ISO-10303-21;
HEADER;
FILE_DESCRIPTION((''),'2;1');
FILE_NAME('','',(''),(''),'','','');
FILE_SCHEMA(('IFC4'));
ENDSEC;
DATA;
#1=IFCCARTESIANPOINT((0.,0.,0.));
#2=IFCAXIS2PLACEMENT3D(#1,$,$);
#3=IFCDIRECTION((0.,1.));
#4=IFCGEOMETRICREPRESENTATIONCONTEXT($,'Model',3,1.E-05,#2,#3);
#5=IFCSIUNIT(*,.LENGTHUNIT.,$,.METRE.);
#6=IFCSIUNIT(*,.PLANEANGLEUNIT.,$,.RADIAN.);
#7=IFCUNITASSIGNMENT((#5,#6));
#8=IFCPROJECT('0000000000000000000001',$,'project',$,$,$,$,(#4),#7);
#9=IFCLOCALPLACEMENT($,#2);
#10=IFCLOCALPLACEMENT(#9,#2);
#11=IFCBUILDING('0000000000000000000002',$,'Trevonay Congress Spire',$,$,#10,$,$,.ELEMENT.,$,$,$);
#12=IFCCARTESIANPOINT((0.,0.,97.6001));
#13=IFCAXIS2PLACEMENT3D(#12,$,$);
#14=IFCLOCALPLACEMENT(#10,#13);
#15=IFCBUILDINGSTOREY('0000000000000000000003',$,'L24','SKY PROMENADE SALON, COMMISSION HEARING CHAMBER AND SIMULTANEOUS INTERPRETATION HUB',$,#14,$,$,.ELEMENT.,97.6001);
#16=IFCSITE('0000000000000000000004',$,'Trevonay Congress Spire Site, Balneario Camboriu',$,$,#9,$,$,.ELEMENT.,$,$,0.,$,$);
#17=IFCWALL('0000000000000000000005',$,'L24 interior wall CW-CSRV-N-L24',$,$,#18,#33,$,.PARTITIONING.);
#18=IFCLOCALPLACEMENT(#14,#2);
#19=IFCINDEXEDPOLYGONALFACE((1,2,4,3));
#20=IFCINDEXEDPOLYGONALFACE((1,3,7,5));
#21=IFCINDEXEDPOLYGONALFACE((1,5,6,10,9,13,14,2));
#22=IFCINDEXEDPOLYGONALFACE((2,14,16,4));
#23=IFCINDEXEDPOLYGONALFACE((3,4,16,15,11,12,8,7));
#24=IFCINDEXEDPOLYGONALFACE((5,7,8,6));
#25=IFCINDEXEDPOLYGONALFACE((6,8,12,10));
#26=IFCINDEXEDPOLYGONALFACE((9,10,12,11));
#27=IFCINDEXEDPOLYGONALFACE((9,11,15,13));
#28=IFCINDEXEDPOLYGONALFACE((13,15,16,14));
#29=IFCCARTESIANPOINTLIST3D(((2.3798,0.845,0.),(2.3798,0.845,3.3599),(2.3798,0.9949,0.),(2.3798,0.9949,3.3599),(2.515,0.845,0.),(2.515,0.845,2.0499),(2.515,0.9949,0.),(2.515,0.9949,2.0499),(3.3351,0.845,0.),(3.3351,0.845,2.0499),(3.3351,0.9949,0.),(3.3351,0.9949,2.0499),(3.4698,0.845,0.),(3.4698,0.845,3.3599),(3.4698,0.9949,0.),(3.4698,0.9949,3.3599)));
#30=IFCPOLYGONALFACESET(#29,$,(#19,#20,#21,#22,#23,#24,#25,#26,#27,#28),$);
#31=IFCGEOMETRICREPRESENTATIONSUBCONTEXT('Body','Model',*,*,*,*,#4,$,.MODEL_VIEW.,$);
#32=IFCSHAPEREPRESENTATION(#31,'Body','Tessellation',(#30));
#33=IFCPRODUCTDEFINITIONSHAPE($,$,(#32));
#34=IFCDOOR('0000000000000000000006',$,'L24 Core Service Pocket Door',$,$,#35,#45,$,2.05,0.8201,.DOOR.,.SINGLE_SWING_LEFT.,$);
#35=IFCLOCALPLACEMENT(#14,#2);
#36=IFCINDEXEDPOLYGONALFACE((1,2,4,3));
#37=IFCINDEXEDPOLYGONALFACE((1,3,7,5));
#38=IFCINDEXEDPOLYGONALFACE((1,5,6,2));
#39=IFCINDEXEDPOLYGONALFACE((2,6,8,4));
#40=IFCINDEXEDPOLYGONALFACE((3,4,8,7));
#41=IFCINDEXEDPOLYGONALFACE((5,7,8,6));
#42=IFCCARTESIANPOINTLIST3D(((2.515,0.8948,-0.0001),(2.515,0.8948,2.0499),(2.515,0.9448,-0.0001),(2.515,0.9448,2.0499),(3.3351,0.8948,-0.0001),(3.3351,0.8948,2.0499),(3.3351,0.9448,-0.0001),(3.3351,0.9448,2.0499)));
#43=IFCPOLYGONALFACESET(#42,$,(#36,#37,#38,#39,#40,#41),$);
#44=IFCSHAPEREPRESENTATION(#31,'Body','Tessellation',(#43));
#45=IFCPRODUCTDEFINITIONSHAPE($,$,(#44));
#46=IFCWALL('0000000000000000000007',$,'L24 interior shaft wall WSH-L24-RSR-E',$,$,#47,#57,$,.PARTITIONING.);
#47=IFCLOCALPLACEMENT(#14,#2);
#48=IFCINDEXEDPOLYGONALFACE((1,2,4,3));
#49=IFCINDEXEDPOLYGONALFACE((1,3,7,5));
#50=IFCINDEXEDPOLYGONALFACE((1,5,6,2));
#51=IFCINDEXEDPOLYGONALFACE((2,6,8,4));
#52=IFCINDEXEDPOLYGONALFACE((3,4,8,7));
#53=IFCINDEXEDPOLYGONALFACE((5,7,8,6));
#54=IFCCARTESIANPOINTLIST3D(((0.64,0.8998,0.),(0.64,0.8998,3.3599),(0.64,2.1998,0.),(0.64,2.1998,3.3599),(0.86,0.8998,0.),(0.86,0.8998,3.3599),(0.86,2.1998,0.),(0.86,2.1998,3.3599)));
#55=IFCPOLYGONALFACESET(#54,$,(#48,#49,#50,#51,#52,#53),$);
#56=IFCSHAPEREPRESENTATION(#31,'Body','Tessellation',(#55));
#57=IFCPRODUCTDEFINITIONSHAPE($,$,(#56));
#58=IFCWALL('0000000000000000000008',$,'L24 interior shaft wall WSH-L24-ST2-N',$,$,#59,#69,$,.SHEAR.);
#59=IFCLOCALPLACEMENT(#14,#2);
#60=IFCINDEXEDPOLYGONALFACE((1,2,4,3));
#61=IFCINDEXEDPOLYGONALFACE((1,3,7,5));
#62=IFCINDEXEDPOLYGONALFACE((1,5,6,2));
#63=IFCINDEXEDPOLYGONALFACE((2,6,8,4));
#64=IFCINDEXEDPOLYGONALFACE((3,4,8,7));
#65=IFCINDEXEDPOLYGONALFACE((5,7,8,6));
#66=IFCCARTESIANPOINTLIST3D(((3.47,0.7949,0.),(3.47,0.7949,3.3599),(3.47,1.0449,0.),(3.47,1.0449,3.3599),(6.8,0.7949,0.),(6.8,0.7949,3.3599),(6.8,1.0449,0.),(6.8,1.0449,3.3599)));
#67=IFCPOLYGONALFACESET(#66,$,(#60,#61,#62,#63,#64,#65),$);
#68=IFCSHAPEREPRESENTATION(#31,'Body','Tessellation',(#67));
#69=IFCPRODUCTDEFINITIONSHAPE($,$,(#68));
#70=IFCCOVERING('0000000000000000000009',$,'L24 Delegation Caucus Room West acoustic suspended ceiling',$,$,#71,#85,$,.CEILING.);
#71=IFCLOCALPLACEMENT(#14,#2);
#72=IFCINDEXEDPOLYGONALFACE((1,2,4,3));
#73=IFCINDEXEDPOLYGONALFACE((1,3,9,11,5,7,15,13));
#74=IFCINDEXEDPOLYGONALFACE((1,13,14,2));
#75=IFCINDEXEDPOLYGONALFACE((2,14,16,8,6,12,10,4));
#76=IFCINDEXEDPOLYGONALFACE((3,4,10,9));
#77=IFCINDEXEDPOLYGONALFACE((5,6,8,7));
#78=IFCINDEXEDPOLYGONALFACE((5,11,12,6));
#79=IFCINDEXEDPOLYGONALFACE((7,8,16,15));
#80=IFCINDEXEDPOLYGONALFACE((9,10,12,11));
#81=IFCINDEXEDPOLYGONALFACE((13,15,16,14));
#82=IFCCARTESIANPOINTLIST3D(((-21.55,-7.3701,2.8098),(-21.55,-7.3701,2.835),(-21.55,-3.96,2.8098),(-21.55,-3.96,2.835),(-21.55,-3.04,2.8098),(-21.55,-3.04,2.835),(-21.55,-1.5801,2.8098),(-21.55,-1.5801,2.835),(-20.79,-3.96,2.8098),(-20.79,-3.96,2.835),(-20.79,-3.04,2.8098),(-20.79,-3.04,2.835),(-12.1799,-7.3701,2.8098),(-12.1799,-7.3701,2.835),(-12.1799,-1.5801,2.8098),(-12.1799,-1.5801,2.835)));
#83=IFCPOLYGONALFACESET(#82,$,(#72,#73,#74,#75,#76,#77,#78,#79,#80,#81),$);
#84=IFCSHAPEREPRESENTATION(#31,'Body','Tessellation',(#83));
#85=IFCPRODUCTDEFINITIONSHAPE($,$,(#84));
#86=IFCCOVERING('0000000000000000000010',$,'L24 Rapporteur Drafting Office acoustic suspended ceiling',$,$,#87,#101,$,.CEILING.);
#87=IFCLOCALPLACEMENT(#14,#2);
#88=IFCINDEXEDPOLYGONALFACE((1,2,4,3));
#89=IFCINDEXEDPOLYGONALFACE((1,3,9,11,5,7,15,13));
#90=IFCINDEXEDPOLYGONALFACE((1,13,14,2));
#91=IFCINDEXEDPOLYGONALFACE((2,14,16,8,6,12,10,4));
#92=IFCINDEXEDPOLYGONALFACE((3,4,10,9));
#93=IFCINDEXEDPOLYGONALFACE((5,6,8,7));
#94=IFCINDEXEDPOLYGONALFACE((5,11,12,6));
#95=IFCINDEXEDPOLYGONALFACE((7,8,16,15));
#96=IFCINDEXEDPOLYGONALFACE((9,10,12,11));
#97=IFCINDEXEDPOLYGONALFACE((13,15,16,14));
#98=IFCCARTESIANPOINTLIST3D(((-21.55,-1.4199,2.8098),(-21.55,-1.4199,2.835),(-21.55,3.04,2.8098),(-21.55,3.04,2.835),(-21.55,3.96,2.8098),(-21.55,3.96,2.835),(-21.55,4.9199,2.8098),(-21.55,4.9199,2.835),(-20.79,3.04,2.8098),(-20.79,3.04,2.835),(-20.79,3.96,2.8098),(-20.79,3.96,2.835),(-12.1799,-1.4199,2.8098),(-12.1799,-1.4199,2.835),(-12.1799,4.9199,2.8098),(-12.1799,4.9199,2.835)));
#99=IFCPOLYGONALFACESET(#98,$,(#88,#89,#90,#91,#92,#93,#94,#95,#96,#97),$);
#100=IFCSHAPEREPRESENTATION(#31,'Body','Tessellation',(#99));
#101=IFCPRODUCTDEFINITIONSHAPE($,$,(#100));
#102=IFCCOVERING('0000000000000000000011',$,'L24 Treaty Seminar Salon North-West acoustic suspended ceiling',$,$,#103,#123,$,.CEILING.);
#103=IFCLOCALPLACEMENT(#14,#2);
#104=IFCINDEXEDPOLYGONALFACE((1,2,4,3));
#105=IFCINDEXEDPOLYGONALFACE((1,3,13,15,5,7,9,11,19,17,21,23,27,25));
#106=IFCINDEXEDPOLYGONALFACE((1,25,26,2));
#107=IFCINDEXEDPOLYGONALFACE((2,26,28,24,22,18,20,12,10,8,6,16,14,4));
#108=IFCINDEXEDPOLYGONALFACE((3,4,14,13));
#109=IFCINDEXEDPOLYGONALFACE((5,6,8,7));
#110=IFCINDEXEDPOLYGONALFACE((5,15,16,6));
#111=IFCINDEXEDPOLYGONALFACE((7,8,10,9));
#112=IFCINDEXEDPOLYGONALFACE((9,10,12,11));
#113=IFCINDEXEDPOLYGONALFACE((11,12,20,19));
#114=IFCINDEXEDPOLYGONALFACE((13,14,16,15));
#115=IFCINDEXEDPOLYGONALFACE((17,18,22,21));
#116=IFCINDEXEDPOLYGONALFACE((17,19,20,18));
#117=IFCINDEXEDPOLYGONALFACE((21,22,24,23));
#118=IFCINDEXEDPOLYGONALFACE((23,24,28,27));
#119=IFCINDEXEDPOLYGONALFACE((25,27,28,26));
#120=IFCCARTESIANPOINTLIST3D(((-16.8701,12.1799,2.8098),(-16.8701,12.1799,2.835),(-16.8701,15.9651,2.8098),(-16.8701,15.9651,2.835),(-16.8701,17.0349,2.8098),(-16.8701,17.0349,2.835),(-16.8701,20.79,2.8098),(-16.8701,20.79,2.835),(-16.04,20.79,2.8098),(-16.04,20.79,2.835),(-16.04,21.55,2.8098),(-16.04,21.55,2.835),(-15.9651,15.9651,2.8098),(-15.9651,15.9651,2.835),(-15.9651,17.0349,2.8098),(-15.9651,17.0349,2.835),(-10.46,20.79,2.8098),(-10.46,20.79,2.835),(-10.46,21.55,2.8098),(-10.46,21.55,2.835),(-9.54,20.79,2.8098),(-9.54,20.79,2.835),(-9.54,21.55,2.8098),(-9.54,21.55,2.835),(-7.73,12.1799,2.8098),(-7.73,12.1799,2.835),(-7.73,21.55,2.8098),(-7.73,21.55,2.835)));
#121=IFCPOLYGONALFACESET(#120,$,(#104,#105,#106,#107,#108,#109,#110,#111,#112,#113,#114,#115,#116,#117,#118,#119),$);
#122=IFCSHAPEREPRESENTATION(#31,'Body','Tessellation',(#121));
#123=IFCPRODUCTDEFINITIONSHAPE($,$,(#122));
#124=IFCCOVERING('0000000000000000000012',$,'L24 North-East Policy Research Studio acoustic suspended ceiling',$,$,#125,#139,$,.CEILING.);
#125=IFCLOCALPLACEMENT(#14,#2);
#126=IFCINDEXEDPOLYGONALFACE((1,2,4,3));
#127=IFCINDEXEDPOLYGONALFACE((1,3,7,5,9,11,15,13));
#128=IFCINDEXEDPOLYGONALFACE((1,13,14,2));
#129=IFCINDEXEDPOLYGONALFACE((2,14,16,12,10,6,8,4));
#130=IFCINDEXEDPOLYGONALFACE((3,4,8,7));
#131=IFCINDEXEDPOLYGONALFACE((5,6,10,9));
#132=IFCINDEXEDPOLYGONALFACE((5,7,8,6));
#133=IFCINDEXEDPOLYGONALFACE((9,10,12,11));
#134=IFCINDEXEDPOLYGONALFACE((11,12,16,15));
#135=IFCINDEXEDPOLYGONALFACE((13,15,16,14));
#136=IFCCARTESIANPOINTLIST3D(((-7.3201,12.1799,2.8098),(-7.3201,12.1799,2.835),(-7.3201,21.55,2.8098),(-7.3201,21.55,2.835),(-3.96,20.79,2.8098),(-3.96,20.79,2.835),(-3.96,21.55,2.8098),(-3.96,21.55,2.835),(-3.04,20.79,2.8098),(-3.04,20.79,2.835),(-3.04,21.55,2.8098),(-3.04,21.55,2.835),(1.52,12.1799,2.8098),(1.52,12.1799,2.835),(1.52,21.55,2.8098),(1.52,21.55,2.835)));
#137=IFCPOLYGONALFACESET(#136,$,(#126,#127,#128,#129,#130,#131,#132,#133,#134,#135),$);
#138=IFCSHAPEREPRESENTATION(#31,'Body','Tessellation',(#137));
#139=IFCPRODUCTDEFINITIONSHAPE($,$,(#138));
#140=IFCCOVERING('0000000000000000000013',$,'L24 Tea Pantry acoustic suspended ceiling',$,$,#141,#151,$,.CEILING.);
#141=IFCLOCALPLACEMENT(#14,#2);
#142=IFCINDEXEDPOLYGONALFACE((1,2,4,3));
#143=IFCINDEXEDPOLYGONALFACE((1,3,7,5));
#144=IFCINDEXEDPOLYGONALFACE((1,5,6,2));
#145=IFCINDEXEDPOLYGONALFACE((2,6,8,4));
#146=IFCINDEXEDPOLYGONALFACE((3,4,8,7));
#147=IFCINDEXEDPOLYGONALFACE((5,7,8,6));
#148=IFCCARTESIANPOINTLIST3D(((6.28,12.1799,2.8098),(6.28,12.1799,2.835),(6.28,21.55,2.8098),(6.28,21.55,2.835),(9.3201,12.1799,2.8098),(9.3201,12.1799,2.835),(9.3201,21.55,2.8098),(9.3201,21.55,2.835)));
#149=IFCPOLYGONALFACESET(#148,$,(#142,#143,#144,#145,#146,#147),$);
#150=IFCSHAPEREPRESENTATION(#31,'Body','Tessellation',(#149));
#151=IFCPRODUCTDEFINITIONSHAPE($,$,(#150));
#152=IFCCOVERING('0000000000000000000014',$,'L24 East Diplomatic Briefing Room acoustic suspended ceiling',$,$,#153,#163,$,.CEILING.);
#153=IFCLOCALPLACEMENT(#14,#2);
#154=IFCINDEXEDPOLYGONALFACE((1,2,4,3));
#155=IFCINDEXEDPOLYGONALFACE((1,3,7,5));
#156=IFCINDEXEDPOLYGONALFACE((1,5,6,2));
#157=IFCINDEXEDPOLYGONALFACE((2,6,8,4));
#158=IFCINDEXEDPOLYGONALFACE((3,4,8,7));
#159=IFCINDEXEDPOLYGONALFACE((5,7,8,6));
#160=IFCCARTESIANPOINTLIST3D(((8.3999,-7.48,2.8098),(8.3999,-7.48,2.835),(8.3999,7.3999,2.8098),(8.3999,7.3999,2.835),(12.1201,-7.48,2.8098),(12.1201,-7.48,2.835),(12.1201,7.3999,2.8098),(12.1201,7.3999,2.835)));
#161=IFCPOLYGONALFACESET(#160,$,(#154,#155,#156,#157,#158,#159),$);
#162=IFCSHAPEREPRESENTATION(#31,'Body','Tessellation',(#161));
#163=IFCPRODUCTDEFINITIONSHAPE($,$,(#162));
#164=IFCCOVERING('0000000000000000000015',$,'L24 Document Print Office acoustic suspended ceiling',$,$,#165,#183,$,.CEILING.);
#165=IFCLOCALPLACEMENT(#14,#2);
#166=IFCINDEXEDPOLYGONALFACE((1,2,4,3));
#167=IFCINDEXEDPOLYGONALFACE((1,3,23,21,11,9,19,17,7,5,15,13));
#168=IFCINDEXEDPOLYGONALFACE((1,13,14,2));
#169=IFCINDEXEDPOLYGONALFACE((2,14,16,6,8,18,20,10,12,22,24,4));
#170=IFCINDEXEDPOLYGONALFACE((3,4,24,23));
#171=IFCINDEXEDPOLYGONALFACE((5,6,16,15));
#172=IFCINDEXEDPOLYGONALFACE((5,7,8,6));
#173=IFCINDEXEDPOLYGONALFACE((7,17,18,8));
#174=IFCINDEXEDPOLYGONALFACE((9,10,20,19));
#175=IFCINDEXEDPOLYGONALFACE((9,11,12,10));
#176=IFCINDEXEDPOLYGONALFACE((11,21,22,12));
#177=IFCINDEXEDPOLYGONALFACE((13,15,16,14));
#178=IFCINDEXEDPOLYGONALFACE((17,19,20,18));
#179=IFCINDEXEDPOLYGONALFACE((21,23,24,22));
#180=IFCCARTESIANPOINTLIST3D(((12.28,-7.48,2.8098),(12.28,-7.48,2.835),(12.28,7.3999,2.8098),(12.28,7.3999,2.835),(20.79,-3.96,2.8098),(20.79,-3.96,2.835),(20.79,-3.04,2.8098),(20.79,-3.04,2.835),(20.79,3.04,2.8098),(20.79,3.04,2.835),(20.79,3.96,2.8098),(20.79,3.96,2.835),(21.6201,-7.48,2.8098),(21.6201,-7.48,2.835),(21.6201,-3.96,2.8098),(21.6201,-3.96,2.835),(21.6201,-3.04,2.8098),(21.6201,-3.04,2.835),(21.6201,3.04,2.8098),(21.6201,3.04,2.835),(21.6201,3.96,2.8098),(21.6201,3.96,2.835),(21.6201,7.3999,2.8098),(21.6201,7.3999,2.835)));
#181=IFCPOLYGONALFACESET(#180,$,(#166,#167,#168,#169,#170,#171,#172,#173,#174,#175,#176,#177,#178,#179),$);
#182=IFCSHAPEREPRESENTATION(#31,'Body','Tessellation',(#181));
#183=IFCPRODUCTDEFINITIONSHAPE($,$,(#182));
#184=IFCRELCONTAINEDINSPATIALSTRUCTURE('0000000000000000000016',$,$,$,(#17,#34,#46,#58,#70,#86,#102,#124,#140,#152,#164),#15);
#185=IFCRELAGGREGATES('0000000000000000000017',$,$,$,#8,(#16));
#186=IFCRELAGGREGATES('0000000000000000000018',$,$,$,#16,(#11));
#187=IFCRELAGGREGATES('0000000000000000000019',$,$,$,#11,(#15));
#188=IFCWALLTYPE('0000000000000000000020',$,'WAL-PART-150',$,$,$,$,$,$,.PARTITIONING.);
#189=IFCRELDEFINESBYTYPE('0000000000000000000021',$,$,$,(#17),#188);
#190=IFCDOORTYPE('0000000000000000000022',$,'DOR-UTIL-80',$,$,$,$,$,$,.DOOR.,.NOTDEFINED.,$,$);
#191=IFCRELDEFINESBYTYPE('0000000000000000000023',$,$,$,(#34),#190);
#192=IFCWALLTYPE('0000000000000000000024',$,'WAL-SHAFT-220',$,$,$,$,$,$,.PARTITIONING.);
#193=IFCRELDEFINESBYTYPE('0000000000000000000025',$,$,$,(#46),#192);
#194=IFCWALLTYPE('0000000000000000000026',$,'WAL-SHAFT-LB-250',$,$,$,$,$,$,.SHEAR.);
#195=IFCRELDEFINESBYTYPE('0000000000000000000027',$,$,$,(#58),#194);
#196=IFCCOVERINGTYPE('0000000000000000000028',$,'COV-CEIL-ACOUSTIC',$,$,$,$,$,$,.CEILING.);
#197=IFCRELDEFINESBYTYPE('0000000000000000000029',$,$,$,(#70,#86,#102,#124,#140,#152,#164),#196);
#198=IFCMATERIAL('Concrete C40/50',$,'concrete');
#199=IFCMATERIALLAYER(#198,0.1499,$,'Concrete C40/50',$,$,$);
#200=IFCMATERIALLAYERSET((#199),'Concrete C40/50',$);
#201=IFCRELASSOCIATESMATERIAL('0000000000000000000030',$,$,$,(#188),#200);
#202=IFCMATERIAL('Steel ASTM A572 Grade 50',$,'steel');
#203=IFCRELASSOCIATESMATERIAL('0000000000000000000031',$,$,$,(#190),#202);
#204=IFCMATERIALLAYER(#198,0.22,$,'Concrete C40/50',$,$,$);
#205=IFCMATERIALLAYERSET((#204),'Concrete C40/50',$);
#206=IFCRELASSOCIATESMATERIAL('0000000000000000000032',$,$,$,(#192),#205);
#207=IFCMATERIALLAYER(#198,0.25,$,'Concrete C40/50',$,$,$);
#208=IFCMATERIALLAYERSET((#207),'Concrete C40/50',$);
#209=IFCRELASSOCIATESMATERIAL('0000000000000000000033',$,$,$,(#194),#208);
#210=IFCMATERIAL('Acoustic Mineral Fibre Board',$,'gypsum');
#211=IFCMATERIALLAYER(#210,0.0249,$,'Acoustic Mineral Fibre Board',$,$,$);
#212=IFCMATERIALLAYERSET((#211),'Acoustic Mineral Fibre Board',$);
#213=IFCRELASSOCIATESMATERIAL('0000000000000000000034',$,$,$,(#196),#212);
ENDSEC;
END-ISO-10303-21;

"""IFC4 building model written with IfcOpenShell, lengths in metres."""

from ifc_helpers import new_model, si_unit, direction, frame, frame_2d, origin, place, context, subcontext, project, spatial, polyline, rectangle, outline, extrude, material, layer, layer_set, type_object, element, fill, save


model = new_model("IFC4")

# Units and contexts
model_context = context("Model", 3, precision=1e-05, world=origin(), true_north=direction((0.0, 1.0)))
body_context = subcontext(model_context, "Body", "Model", "MODEL_VIEW")
ifc_project = project(units=[si_unit("LENGTHUNIT", "METRE"), si_unit("PLANEANGLEUNIT", "RADIAN")], contexts=[model_context])

# Site, building, storey
site_placement = place(None, origin())
site = spatial("IfcSite", under=ifc_project, at=site_placement, Name="Trevonay Congress Spire Site, Balneario Camboriu", CompositionType="ELEMENT", RefElevation=0.0)
building_placement = place(site_placement, origin())
building = spatial("IfcBuilding", under=site, at=building_placement, Name="Trevonay Congress Spire", CompositionType="ELEMENT")
storey_placement = place(building_placement, frame((0.0, 0.0, 97.6001)))
storey = spatial("IfcBuildingStorey", under=building, at=storey_placement, Name="L24", Description="SKY PROMENADE SALON, COMMISSION HEARING CHAMBER AND SIMULTANEOUS INTERPRETATION HUB", CompositionType="ELEMENT", Elevation=97.6001)

# Wall, opening, door
ifc_material_1 = material(Name="Concrete C40/50", Category="concrete")
ifc_layer_1 = layer(ifc_material_1, 0.1499, Name="Concrete C40/50")
ifc_layer_set_1 = layer_set([ifc_layer_1], Name="Concrete C40/50")
wall_type_1 = type_object("IfcWallType", Name="WAL-PART-150", PredefinedType="PARTITIONING", material=ifc_layer_set_1)
wall_1_placement = place(storey_placement, frame((2.3799, 0.9199, 0.0), z_axis=(0.0, 0.0, 1.0), x_axis=(1.0, 0.0, 0.0)))
wall_1 = element("IfcWall", 1, at=wall_1_placement, inside=storey, type_object=wall_type_1, Name="L24 interior wall CW-CSRV-N-L24", PredefinedType="PARTITIONING", context=body_context, shape_type="SweptSolid", body=[
    extrude(rectangle(XDim=1.0901, YDim=0.1499, at=frame_2d((0.5449, 0.0))), origin(), (0.0, 0.0, 1.0), 3.3599),
])
opening_placement = place(wall_1_placement, frame((0.135, 0.0, 0.0)))
opening = element("IfcOpeningElement", 2, at=opening_placement, cuts=wall_1, PredefinedType="OPENING", context=body_context, shape_type="SweptSolid", body=[
    extrude(rectangle(XDim=0.8201, YDim=2.05, at=frame_2d((0.4102, 1.0249))), frame((0.0, 0.085, 0.0), z_axis=(0.0, -1.0, 0.0), x_axis=(1.0, 0.0, 0.0)), (0.0, 0.0, 1.0), 0.1699),
])
ifc_material_2 = material(Name="Steel ASTM A572 Grade 50", Category="steel")
door_type = type_object("IfcDoorType", Name="DOR-UTIL-80", OperationType="NOTDEFINED", PredefinedType="DOOR", material=ifc_material_2)
door_placement = place(opening_placement, origin())
door = element("IfcDoor", 3, at=door_placement, inside=storey, type_object=door_type, Name="L24 Core Service Pocket Door", OperationType="SINGLE_SWING_LEFT", OverallHeight=2.05, OverallWidth=0.8201, PredefinedType="DOOR", context=body_context, shape_type="SweptSolid", body=[
    extrude(rectangle(XDim=0.8201, YDim=2.05, at=frame_2d((0.4102, 1.0249))), frame((0.0, 0.0249, 0.0), z_axis=(0.0, -1.0, 0.0), x_axis=(1.0, 0.0, 0.0)), (0.0, 0.0, 1.0), 0.05),
])
fill(opening, door)

# Walls
ifc_layer_2 = layer(ifc_material_1, 0.22, Name="Concrete C40/50")
ifc_layer_set_2 = layer_set([ifc_layer_2], Name="Concrete C40/50")
wall_type_2 = type_object("IfcWallType", Name="WAL-SHAFT-220", PredefinedType="PARTITIONING", material=ifc_layer_set_2)
wall_2_placement = place(storey_placement, frame((0.75, 0.8999, 0.0), z_axis=(0.0, 0.0, 1.0), x_axis=(0.0, 1.0, 0.0)))
element("IfcWall", 4, at=wall_2_placement, inside=storey, type_object=wall_type_2, Name="L24 interior shaft wall WSH-L24-RSR-E", PredefinedType="PARTITIONING", context=body_context, shape_type="SweptSolid", body=[
    extrude(rectangle(XDim=1.3, YDim=0.22, at=frame_2d((0.6499, 0.0))), origin(), (0.0, 0.0, 1.0), 3.3599),
])
ifc_layer_3 = layer(ifc_material_1, 0.25, Name="Concrete C40/50")
ifc_layer_set_3 = layer_set([ifc_layer_3], Name="Concrete C40/50")
wall_type_3 = type_object("IfcWallType", Name="WAL-SHAFT-LB-250", PredefinedType="SHEAR", material=ifc_layer_set_3)
wall_3_placement = place(storey_placement, frame((3.47, 0.9199, 0.0), z_axis=(0.0, 0.0, 1.0), x_axis=(1.0, 0.0, 0.0)))
element("IfcWall", 5, at=wall_3_placement, inside=storey, type_object=wall_type_3, Name="L24 interior shaft wall WSH-L24-ST2-N", PredefinedType="SHEAR", context=body_context, shape_type="SweptSolid", body=[
    extrude(rectangle(XDim=3.3301, YDim=0.25, at=frame_2d((1.665, 0.0))), origin(), (0.0, 0.0, 1.0), 3.3599),
])

# Coverings
ifc_material_3 = material(Name="Acoustic Mineral Fibre Board", Category="gypsum")
ifc_layer_4 = layer(ifc_material_3, 0.0249, Name="Acoustic Mineral Fibre Board")
ifc_layer_set_4 = layer_set([ifc_layer_4], Name="Acoustic Mineral Fibre Board")
covering_type_1 = type_object("IfcCoveringType", Name="COV-CEIL-ACOUSTIC", PredefinedType="CEILING", material=ifc_layer_set_4)
covering_1_placement = place(storey_placement, frame((0.0, 0.0, 2.8098)))
element("IfcCovering", 6, at=covering_1_placement, inside=storey, type_object=covering_type_1, Name="L24 Delegation Caucus Room West acoustic suspended ceiling", PredefinedType="CEILING", context=body_context, shape_type="SweptSolid", body=[
    extrude(outline(polyline([(-21.55, -1.5801), (-12.1799, -1.5801), (-12.1799, -7.3701), (-21.55, -7.3701), (-21.55, -3.96), (-20.79, -3.96), (-20.79, -3.04), (-21.55, -3.04), (-21.55, -1.5801)])), origin(), (0.0, 0.0, 1.0), 0.0251),
])
covering_2_placement = place(storey_placement, frame((0.0, 0.0, 2.8098)))
element("IfcCovering", 7, at=covering_2_placement, inside=storey, type_object=covering_type_1, Name="L24 Rapporteur Drafting Office acoustic suspended ceiling", PredefinedType="CEILING", context=body_context, shape_type="SweptSolid", body=[
    extrude(outline(polyline([(-21.55, 4.9199), (-12.1799, 4.9199), (-12.1799, -1.4199), (-21.55, -1.4199), (-21.55, 3.04), (-20.79, 3.04), (-20.79, 3.96), (-21.55, 3.96), (-21.55, 4.9199)])), origin(), (0.0, 0.0, 1.0), 0.0251),
])
covering_3_placement = place(storey_placement, frame((0.0, 0.0, 2.8098)))
element("IfcCovering", 8, at=covering_3_placement, inside=storey, type_object=covering_type_1, Name="L24 Treaty Seminar Salon North-West acoustic suspended ceiling", PredefinedType="CEILING", context=body_context, shape_type="SweptSolid", body=[
    extrude(outline(polyline([(-7.73, 21.55), (-7.73, 12.1799), (-16.8701, 12.1799), (-16.8701, 15.9651), (-15.9651, 15.9651), (-15.9651, 17.0349), (-16.8701, 17.0349), (-16.8701, 20.79), (-16.04, 20.79), (-16.04, 21.55), (-10.46, 21.55), (-10.46, 20.79), (-9.54, 20.79), (-9.54, 21.55), (-7.73, 21.55)])), origin(), (0.0, 0.0, 1.0), 0.0251),
])
covering_4_placement = place(storey_placement, frame((0.0, 0.0, 2.8098)))
element("IfcCovering", 9, at=covering_4_placement, inside=storey, type_object=covering_type_1, Name="L24 North-East Policy Research Studio acoustic suspended ceiling", PredefinedType="CEILING", context=body_context, shape_type="SweptSolid", body=[
    extrude(outline(polyline([(1.52, 21.55), (1.52, 12.1799), (-7.3201, 12.1799), (-7.3201, 21.55), (-3.96, 21.55), (-3.96, 20.79), (-3.04, 20.79), (-3.04, 21.55), (1.52, 21.55)])), origin(), (0.0, 0.0, 1.0), 0.0251),
])
covering_5_placement = place(storey_placement, frame((0.0, 0.0, 2.8098)))
element("IfcCovering", 10, at=covering_5_placement, inside=storey, type_object=covering_type_1, Name="L24 Tea Pantry acoustic suspended ceiling", PredefinedType="CEILING", context=body_context, shape_type="SweptSolid", body=[
    extrude(outline(polyline([(6.28, 12.1799), (9.3201, 12.1799), (9.3201, 21.55), (6.28, 21.55), (6.28, 12.1799)])), origin(), (0.0, 0.0, 1.0), 0.0251),
])
covering_6_placement = place(storey_placement, frame((0.0, 0.0, 2.8098)))
element("IfcCovering", 11, at=covering_6_placement, inside=storey, type_object=covering_type_1, Name="L24 East Diplomatic Briefing Room acoustic suspended ceiling", PredefinedType="CEILING", context=body_context, shape_type="SweptSolid", body=[
    extrude(outline(polyline([(8.3999, -7.48), (12.1201, -7.48), (12.1201, 7.3999), (8.3999, 7.3999), (8.3999, -7.48)])), origin(), (0.0, 0.0, 1.0), 0.0251),
])
covering_7_placement = place(storey_placement, frame((0.0, 0.0, 2.8098)))
element("IfcCovering", 12, at=covering_7_placement, inside=storey, type_object=covering_type_1, Name="L24 Document Print Office acoustic suspended ceiling", PredefinedType="CEILING", context=body_context, shape_type="SweptSolid", body=[
    extrude(outline(polyline([(21.6201, -7.48), (12.28, -7.48), (12.28, 7.3999), (21.6201, 7.3999), (21.6201, 3.96), (20.79, 3.96), (20.79, 3.04), (21.6201, 3.04), (21.6201, -3.04), (20.79, -3.04), (20.79, -3.96), (21.6201, -3.96), (21.6201, -7.48)])), origin(), (0.0, 0.0, 1.0), 0.0251),
])

save(model, "model.ifc")
